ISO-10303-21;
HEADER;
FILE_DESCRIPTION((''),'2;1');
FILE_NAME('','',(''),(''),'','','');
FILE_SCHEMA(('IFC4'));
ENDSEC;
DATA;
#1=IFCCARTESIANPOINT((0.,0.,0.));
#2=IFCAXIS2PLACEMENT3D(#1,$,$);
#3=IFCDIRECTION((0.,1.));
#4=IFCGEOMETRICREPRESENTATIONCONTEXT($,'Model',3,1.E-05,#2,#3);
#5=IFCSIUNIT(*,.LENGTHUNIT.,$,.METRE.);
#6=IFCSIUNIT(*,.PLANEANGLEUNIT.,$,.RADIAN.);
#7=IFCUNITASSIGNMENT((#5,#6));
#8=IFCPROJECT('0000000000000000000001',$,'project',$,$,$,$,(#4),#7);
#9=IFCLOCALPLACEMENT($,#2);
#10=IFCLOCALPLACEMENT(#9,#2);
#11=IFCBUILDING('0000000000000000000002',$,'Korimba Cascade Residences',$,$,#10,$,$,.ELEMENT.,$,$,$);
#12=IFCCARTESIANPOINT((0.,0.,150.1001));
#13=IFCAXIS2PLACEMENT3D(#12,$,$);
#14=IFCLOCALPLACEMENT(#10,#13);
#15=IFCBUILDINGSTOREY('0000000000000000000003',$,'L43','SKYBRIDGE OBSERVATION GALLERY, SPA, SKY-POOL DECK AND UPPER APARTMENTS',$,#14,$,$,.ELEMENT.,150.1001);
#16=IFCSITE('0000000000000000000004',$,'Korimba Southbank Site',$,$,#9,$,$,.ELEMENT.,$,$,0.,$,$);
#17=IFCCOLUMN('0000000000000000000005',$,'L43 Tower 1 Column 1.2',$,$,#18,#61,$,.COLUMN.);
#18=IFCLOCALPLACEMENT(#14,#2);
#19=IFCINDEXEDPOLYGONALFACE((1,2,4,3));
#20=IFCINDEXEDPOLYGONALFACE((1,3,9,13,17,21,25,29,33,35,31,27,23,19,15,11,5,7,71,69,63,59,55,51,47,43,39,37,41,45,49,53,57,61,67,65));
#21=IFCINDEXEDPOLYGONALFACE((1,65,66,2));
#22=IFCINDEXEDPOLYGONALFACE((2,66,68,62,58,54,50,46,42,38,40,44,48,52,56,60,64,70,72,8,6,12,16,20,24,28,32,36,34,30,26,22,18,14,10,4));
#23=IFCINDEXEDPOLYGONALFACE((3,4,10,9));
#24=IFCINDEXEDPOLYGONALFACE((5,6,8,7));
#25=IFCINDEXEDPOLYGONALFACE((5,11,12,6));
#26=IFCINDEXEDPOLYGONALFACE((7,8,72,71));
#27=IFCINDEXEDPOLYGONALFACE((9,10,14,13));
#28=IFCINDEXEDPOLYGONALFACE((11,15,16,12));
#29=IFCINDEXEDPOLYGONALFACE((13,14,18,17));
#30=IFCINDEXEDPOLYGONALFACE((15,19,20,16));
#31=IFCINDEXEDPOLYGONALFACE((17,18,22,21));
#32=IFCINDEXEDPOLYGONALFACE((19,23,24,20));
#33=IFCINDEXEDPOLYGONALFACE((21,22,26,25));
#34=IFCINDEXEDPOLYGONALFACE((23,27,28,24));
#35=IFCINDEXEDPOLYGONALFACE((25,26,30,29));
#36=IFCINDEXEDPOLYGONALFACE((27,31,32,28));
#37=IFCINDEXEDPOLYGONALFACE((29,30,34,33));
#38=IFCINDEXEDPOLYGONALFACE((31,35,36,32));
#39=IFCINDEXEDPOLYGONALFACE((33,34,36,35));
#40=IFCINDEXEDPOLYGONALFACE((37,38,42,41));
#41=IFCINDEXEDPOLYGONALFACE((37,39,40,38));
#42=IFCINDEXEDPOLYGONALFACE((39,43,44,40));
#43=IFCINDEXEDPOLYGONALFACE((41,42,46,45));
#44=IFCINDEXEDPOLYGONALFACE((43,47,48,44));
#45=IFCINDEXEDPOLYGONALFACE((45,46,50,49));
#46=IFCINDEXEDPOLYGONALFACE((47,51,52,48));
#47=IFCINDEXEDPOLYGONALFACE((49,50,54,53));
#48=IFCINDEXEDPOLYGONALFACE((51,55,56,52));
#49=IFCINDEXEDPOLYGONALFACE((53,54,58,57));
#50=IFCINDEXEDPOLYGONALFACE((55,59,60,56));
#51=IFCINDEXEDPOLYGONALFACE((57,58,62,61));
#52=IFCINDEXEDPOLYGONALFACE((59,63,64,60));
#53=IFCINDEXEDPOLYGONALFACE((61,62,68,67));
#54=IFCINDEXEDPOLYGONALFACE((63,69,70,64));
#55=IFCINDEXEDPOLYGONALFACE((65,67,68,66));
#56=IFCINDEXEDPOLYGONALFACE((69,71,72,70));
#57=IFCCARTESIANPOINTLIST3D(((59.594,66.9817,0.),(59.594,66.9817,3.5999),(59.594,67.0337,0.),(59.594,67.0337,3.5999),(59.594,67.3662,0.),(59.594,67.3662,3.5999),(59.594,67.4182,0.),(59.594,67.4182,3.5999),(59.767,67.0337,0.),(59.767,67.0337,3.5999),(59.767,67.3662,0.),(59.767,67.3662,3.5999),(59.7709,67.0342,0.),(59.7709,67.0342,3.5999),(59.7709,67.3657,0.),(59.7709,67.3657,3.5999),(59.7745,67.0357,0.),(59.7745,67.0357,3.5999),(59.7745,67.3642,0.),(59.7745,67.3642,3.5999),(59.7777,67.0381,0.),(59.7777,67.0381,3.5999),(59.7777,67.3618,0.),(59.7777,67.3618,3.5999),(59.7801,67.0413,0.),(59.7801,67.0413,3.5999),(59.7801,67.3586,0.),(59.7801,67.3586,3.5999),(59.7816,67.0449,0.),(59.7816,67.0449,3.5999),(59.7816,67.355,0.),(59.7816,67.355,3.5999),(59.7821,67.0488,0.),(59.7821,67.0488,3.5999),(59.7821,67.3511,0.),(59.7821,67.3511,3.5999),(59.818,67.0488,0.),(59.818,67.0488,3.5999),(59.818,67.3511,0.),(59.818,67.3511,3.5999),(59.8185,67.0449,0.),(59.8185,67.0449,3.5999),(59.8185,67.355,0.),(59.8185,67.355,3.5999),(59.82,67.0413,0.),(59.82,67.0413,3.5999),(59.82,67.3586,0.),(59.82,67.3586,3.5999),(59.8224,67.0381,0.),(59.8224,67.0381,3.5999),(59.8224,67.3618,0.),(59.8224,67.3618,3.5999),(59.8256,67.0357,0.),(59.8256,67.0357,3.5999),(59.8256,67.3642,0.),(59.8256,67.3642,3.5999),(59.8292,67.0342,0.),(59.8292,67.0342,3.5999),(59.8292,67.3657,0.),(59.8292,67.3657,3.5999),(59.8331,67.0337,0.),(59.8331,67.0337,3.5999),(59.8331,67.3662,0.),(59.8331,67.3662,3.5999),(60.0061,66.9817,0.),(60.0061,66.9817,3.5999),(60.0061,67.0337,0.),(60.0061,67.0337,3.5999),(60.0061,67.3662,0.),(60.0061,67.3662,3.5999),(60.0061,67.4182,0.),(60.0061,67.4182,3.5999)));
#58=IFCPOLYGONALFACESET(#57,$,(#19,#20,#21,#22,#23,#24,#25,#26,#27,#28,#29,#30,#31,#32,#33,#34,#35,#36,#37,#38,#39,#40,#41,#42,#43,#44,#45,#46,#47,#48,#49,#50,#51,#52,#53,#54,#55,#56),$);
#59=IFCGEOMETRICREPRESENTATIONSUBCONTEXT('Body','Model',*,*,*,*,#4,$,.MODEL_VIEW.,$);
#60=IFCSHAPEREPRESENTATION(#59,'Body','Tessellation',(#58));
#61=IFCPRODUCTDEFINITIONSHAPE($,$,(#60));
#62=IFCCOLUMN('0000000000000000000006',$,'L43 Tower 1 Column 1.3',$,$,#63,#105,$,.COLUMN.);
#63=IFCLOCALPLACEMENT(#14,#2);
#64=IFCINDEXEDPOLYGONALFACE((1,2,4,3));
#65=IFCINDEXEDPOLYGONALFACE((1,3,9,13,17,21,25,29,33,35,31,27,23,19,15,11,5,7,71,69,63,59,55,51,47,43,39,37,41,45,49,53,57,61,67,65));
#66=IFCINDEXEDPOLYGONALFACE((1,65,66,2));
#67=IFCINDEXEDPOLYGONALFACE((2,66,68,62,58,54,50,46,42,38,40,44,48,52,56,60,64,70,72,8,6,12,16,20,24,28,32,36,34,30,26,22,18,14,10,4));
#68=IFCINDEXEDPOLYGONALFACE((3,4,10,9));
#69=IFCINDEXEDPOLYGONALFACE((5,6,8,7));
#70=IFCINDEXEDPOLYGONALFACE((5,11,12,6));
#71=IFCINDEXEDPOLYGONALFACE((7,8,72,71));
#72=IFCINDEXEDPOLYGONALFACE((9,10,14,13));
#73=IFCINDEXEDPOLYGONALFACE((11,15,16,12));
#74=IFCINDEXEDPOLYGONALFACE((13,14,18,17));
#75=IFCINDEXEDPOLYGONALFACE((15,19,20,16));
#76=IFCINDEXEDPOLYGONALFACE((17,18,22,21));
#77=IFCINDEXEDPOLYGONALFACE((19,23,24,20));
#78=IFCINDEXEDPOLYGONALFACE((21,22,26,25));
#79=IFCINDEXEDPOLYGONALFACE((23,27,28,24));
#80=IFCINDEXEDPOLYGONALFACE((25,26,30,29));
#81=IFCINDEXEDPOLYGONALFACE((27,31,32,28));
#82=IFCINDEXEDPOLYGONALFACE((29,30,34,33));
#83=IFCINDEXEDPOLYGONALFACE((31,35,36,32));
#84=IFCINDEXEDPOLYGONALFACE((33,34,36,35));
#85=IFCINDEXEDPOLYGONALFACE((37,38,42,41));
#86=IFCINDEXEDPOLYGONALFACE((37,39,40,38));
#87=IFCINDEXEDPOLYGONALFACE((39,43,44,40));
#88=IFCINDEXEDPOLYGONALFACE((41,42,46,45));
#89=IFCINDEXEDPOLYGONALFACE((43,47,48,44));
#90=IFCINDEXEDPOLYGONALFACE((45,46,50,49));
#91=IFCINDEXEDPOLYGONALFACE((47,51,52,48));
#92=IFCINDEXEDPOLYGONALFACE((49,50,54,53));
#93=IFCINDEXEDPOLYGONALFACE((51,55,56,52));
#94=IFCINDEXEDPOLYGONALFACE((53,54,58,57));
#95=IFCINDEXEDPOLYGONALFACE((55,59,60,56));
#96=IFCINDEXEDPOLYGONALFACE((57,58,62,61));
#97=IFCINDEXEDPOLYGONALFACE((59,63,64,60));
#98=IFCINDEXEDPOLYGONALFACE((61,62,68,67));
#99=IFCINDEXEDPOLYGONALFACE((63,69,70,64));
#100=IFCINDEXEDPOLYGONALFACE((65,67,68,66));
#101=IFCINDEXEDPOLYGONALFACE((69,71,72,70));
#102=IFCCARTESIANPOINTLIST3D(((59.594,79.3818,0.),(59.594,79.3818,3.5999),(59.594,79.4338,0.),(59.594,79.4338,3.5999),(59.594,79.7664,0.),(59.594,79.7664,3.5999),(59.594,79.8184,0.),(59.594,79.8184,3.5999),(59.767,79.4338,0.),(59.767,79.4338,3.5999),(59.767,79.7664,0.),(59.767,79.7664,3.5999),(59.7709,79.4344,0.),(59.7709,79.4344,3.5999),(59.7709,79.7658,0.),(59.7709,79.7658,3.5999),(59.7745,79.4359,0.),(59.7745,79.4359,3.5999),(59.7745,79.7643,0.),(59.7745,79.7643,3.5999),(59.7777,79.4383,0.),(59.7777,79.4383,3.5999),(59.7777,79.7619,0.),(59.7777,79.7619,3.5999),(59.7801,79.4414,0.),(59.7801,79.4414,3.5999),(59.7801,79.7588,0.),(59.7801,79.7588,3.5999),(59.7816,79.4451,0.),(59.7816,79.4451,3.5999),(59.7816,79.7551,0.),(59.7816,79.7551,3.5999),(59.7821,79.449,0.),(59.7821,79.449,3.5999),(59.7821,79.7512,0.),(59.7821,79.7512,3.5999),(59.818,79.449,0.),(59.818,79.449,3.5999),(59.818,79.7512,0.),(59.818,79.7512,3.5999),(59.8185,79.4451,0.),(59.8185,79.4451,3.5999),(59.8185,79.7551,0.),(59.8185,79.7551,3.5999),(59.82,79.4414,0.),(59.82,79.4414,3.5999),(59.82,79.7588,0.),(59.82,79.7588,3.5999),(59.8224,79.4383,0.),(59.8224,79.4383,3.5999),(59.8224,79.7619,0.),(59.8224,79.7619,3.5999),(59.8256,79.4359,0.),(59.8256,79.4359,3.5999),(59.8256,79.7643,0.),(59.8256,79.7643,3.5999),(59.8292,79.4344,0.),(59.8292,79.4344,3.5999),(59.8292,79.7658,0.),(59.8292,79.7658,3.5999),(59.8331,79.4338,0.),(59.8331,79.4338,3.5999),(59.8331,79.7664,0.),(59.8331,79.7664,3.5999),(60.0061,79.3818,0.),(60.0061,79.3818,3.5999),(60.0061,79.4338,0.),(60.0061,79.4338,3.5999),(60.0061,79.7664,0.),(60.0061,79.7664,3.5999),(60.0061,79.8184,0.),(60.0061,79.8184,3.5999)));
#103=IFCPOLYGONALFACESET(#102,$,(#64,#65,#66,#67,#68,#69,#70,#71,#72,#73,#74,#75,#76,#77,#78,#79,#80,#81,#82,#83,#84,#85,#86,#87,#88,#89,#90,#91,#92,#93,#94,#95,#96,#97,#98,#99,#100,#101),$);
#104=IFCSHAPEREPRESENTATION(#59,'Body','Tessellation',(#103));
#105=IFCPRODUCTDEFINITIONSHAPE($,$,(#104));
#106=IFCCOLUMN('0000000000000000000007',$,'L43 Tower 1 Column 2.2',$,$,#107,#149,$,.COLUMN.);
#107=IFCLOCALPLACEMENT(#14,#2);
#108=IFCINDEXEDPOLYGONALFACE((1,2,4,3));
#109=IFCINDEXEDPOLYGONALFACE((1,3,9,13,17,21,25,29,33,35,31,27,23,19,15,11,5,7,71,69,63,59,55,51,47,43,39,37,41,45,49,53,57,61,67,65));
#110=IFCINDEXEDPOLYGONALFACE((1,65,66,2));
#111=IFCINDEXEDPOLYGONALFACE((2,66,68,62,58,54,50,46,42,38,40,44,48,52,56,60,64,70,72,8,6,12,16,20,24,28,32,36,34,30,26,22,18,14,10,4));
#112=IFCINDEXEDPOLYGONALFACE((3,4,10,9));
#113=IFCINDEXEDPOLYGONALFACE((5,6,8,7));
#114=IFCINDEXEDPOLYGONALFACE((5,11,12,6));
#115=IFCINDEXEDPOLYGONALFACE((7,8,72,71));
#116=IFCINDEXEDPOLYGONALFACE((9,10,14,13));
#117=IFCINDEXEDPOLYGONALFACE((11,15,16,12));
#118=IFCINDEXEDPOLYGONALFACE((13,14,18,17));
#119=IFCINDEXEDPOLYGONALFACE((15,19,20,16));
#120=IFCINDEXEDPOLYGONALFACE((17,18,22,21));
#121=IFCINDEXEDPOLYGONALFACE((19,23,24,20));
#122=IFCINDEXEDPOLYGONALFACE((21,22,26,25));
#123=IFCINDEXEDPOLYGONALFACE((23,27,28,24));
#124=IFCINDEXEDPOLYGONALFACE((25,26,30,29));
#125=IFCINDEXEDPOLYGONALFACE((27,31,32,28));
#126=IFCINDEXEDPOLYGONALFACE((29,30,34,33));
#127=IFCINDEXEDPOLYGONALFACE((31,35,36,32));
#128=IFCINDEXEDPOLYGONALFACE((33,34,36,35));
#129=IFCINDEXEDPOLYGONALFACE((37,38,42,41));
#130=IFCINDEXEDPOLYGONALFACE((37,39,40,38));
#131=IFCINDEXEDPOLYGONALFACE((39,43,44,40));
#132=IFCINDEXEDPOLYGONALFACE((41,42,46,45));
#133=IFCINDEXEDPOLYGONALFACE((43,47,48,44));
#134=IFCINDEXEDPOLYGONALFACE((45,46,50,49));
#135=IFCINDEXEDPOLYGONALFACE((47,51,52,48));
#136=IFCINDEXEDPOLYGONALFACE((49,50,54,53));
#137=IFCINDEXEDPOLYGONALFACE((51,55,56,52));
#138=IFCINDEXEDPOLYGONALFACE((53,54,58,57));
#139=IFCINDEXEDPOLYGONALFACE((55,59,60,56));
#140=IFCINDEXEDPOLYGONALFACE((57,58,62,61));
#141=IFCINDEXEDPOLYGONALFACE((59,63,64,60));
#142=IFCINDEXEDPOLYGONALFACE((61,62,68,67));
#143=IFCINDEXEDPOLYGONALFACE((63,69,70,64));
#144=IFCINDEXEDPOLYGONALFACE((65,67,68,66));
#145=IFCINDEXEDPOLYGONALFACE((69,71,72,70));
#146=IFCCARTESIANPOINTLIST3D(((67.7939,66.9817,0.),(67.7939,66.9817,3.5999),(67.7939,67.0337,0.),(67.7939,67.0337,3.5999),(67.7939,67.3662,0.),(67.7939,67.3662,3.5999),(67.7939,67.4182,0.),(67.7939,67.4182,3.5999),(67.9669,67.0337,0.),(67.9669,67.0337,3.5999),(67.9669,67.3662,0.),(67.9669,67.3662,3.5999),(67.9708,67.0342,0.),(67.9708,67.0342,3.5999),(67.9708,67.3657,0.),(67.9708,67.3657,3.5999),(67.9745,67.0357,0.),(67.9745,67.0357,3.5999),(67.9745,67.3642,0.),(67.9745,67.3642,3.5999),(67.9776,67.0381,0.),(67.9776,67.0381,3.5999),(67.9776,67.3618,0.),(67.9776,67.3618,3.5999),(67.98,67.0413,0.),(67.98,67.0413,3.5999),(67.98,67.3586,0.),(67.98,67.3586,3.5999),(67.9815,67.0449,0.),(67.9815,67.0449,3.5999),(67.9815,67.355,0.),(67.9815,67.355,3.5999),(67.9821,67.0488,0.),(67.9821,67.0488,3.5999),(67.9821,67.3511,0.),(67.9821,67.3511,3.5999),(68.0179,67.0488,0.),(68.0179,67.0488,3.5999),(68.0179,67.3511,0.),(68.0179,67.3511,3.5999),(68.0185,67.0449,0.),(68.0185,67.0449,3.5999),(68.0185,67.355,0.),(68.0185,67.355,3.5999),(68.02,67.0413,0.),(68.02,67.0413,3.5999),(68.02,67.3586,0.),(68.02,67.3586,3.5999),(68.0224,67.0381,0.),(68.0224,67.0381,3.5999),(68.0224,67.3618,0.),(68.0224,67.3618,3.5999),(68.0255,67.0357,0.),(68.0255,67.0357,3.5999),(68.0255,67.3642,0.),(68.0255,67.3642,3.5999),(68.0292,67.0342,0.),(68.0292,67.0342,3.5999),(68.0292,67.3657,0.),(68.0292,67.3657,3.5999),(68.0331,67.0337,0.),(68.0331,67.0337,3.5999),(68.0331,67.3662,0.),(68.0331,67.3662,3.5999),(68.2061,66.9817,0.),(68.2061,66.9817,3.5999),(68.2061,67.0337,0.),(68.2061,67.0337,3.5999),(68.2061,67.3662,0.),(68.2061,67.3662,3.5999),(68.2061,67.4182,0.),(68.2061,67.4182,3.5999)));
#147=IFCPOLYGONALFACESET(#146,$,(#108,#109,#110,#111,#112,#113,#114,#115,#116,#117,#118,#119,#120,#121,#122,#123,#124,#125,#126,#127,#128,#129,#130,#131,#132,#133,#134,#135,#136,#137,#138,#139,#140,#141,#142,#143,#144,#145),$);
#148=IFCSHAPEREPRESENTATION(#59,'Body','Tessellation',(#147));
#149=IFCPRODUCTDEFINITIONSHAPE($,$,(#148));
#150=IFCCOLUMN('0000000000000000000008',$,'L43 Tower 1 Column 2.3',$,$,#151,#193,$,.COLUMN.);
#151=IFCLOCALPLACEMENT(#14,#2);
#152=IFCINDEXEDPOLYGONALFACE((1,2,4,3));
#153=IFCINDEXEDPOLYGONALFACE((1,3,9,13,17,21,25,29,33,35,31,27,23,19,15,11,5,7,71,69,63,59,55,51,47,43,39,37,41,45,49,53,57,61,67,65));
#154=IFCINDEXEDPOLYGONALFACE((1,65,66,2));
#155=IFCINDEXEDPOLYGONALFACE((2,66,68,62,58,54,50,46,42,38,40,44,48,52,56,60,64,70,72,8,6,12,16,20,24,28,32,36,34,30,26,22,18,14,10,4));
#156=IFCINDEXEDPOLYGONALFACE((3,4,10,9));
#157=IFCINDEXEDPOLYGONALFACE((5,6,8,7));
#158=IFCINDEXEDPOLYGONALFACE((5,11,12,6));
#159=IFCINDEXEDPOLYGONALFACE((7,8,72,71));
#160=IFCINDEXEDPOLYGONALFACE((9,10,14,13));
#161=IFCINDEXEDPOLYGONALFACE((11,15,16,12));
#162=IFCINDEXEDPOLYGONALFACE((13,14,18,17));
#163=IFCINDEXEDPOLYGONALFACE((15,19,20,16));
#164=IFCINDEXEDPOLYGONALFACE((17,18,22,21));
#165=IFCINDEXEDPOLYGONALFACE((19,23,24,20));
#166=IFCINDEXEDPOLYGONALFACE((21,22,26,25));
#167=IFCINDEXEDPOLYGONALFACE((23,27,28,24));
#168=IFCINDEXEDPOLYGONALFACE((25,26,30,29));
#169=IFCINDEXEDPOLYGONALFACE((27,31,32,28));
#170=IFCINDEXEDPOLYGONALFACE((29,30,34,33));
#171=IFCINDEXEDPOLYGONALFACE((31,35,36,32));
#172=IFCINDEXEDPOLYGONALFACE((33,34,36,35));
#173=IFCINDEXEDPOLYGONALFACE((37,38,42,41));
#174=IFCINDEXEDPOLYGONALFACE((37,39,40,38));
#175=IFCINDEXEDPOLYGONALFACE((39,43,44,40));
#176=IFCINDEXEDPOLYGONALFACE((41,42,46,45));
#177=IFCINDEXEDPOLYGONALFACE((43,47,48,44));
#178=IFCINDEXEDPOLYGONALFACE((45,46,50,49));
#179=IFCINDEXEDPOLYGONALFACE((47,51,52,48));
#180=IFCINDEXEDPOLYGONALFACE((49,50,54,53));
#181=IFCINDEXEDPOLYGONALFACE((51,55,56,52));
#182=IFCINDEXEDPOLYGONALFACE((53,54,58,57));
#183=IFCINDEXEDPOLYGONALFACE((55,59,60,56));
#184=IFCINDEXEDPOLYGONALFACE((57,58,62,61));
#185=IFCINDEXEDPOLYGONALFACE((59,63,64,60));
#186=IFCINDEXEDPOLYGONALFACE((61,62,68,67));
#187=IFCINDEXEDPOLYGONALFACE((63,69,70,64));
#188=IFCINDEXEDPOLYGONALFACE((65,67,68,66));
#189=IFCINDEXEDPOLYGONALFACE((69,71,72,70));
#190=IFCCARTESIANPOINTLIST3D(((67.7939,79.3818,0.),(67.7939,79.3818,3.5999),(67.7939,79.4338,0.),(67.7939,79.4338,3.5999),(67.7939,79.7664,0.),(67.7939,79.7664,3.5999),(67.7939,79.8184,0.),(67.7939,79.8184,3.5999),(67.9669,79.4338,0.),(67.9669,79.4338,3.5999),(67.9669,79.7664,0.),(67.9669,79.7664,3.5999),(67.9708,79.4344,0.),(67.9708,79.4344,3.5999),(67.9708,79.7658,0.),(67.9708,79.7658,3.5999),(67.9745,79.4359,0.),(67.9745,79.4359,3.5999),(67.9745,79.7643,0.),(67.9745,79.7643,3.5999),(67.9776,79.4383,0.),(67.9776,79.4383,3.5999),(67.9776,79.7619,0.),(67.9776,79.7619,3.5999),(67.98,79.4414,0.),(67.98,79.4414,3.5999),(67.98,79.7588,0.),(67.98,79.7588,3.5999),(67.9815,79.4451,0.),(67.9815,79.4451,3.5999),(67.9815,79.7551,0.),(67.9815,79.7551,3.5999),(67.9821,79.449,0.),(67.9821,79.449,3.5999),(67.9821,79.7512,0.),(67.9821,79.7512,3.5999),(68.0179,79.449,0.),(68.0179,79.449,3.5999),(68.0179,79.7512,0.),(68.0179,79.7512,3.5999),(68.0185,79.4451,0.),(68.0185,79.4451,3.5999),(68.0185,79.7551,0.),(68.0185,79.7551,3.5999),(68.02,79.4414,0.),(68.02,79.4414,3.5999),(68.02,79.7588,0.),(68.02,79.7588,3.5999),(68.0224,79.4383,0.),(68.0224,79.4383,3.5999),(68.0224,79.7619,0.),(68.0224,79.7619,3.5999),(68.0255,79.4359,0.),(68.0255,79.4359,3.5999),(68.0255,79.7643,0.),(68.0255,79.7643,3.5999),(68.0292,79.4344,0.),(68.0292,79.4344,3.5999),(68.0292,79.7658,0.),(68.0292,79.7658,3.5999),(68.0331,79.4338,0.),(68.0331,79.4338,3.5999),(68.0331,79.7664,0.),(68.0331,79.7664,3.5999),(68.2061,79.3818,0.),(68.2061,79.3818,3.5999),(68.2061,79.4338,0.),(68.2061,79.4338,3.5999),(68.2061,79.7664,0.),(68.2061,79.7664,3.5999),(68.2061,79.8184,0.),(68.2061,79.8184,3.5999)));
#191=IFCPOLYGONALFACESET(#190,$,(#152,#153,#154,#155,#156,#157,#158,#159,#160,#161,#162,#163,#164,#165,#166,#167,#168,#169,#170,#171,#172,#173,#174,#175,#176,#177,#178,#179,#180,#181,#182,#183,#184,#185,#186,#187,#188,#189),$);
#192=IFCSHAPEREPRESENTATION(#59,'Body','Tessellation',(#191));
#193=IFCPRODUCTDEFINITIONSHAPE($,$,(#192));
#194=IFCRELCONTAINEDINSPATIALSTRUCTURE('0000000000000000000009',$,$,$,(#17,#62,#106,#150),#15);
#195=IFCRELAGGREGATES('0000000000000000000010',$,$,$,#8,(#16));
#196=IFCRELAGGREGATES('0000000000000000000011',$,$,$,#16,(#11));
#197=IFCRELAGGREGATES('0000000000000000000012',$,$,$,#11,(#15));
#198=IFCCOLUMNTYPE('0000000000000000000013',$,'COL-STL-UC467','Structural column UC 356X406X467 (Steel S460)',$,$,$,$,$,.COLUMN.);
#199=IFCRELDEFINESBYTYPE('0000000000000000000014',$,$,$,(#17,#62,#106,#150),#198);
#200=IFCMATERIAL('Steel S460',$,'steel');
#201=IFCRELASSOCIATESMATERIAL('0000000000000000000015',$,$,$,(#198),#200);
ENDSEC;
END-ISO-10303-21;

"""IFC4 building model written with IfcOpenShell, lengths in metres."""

from ifc_helpers import new_model, si_unit, direction, frame, origin, origin_2d, place, context, subcontext, project, spatial, i_section, extrude, material, material_profile, profile_set, type_object, element, save


model = new_model("IFC4")

# Units and contexts
model_context = context("Model", 3, precision=1e-05, world=origin(), true_north=direction((0.0, 1.0)))
body_context = subcontext(model_context, "Body", "Model", "MODEL_VIEW")
ifc_project = project(units=[si_unit("LENGTHUNIT", "METRE"), si_unit("PLANEANGLEUNIT", "RADIAN")], contexts=[model_context])

# Site, building, storey
site_placement = place(None, origin())
site = spatial("IfcSite", under=ifc_project, at=site_placement, Name="Korimba Southbank Site", CompositionType="ELEMENT", RefElevation=0.0)
building_placement = place(site_placement, origin())
building = spatial("IfcBuilding", under=site, at=building_placement, Name="Korimba Cascade Residences", CompositionType="ELEMENT")
storey_placement = place(building_placement, frame((0.0, 0.0, 150.1001)))
storey = spatial("IfcBuildingStorey", under=building, at=storey_placement, Name="L43", Description="SKYBRIDGE OBSERVATION GALLERY, SPA, SKY-POOL DECK AND UPPER APARTMENTS", CompositionType="ELEMENT", Elevation=150.1001)

# Columns
ifc_material_1 = material(Name="Steel S460", Category="steel")
ifc_material_profile_1 = material_profile(ifc_material_1, i_section(OverallWidth=0.4121, OverallDepth=0.4365, WebThickness=0.0359, FlangeThickness=0.052, FilletRadius=0.0151, at=origin_2d()), Name="Steel S460")
ifc_profile_set_1 = profile_set([ifc_material_profile_1], Name="Steel S460")
column_type = type_object("IfcColumnType", Name="COL-STL-UC467", Description="Structural column UC 356X406X467 (Steel S460)", PredefinedType="COLUMN", material=ifc_profile_set_1)
for number, where, z_axis, x_axis, name in (
    (1, (59.8, 67.2, 0.0), (0.0, 0.0, 1.0), (1.0, 0.0, 0.0), "L43 Tower 1 Column 1.2"),
    (2, (59.8, 79.6001, 0.0), (0.0, 0.0, 1.0), (1.0, 0.0, 0.0), "L43 Tower 1 Column 1.3"),
    (3, (68.0, 67.2, 0.0), (0.0, 0.0, 1.0), (1.0, 0.0, 0.0), "L43 Tower 1 Column 2.2"),
    (4, (68.0, 79.6001, 0.0), (0.0, 0.0, 1.0), (1.0, 0.0, 0.0), "L43 Tower 1 Column 2.3"),
):
    element("IfcColumn", number, at=place(storey_placement, frame(where, z_axis=z_axis, x_axis=x_axis)), inside=storey, type_object=column_type, Name=name, PredefinedType="COLUMN", context=body_context, shape_type="SweptSolid", body=[
        extrude(i_section(OverallWidth=0.4121, OverallDepth=0.4365, WebThickness=0.0359, FlangeThickness=0.052, FilletRadius=0.0151, at=origin_2d()), origin(), (0.0, 0.0, 1.0), 3.5999),
    ])

save(model, "model.ifc")
